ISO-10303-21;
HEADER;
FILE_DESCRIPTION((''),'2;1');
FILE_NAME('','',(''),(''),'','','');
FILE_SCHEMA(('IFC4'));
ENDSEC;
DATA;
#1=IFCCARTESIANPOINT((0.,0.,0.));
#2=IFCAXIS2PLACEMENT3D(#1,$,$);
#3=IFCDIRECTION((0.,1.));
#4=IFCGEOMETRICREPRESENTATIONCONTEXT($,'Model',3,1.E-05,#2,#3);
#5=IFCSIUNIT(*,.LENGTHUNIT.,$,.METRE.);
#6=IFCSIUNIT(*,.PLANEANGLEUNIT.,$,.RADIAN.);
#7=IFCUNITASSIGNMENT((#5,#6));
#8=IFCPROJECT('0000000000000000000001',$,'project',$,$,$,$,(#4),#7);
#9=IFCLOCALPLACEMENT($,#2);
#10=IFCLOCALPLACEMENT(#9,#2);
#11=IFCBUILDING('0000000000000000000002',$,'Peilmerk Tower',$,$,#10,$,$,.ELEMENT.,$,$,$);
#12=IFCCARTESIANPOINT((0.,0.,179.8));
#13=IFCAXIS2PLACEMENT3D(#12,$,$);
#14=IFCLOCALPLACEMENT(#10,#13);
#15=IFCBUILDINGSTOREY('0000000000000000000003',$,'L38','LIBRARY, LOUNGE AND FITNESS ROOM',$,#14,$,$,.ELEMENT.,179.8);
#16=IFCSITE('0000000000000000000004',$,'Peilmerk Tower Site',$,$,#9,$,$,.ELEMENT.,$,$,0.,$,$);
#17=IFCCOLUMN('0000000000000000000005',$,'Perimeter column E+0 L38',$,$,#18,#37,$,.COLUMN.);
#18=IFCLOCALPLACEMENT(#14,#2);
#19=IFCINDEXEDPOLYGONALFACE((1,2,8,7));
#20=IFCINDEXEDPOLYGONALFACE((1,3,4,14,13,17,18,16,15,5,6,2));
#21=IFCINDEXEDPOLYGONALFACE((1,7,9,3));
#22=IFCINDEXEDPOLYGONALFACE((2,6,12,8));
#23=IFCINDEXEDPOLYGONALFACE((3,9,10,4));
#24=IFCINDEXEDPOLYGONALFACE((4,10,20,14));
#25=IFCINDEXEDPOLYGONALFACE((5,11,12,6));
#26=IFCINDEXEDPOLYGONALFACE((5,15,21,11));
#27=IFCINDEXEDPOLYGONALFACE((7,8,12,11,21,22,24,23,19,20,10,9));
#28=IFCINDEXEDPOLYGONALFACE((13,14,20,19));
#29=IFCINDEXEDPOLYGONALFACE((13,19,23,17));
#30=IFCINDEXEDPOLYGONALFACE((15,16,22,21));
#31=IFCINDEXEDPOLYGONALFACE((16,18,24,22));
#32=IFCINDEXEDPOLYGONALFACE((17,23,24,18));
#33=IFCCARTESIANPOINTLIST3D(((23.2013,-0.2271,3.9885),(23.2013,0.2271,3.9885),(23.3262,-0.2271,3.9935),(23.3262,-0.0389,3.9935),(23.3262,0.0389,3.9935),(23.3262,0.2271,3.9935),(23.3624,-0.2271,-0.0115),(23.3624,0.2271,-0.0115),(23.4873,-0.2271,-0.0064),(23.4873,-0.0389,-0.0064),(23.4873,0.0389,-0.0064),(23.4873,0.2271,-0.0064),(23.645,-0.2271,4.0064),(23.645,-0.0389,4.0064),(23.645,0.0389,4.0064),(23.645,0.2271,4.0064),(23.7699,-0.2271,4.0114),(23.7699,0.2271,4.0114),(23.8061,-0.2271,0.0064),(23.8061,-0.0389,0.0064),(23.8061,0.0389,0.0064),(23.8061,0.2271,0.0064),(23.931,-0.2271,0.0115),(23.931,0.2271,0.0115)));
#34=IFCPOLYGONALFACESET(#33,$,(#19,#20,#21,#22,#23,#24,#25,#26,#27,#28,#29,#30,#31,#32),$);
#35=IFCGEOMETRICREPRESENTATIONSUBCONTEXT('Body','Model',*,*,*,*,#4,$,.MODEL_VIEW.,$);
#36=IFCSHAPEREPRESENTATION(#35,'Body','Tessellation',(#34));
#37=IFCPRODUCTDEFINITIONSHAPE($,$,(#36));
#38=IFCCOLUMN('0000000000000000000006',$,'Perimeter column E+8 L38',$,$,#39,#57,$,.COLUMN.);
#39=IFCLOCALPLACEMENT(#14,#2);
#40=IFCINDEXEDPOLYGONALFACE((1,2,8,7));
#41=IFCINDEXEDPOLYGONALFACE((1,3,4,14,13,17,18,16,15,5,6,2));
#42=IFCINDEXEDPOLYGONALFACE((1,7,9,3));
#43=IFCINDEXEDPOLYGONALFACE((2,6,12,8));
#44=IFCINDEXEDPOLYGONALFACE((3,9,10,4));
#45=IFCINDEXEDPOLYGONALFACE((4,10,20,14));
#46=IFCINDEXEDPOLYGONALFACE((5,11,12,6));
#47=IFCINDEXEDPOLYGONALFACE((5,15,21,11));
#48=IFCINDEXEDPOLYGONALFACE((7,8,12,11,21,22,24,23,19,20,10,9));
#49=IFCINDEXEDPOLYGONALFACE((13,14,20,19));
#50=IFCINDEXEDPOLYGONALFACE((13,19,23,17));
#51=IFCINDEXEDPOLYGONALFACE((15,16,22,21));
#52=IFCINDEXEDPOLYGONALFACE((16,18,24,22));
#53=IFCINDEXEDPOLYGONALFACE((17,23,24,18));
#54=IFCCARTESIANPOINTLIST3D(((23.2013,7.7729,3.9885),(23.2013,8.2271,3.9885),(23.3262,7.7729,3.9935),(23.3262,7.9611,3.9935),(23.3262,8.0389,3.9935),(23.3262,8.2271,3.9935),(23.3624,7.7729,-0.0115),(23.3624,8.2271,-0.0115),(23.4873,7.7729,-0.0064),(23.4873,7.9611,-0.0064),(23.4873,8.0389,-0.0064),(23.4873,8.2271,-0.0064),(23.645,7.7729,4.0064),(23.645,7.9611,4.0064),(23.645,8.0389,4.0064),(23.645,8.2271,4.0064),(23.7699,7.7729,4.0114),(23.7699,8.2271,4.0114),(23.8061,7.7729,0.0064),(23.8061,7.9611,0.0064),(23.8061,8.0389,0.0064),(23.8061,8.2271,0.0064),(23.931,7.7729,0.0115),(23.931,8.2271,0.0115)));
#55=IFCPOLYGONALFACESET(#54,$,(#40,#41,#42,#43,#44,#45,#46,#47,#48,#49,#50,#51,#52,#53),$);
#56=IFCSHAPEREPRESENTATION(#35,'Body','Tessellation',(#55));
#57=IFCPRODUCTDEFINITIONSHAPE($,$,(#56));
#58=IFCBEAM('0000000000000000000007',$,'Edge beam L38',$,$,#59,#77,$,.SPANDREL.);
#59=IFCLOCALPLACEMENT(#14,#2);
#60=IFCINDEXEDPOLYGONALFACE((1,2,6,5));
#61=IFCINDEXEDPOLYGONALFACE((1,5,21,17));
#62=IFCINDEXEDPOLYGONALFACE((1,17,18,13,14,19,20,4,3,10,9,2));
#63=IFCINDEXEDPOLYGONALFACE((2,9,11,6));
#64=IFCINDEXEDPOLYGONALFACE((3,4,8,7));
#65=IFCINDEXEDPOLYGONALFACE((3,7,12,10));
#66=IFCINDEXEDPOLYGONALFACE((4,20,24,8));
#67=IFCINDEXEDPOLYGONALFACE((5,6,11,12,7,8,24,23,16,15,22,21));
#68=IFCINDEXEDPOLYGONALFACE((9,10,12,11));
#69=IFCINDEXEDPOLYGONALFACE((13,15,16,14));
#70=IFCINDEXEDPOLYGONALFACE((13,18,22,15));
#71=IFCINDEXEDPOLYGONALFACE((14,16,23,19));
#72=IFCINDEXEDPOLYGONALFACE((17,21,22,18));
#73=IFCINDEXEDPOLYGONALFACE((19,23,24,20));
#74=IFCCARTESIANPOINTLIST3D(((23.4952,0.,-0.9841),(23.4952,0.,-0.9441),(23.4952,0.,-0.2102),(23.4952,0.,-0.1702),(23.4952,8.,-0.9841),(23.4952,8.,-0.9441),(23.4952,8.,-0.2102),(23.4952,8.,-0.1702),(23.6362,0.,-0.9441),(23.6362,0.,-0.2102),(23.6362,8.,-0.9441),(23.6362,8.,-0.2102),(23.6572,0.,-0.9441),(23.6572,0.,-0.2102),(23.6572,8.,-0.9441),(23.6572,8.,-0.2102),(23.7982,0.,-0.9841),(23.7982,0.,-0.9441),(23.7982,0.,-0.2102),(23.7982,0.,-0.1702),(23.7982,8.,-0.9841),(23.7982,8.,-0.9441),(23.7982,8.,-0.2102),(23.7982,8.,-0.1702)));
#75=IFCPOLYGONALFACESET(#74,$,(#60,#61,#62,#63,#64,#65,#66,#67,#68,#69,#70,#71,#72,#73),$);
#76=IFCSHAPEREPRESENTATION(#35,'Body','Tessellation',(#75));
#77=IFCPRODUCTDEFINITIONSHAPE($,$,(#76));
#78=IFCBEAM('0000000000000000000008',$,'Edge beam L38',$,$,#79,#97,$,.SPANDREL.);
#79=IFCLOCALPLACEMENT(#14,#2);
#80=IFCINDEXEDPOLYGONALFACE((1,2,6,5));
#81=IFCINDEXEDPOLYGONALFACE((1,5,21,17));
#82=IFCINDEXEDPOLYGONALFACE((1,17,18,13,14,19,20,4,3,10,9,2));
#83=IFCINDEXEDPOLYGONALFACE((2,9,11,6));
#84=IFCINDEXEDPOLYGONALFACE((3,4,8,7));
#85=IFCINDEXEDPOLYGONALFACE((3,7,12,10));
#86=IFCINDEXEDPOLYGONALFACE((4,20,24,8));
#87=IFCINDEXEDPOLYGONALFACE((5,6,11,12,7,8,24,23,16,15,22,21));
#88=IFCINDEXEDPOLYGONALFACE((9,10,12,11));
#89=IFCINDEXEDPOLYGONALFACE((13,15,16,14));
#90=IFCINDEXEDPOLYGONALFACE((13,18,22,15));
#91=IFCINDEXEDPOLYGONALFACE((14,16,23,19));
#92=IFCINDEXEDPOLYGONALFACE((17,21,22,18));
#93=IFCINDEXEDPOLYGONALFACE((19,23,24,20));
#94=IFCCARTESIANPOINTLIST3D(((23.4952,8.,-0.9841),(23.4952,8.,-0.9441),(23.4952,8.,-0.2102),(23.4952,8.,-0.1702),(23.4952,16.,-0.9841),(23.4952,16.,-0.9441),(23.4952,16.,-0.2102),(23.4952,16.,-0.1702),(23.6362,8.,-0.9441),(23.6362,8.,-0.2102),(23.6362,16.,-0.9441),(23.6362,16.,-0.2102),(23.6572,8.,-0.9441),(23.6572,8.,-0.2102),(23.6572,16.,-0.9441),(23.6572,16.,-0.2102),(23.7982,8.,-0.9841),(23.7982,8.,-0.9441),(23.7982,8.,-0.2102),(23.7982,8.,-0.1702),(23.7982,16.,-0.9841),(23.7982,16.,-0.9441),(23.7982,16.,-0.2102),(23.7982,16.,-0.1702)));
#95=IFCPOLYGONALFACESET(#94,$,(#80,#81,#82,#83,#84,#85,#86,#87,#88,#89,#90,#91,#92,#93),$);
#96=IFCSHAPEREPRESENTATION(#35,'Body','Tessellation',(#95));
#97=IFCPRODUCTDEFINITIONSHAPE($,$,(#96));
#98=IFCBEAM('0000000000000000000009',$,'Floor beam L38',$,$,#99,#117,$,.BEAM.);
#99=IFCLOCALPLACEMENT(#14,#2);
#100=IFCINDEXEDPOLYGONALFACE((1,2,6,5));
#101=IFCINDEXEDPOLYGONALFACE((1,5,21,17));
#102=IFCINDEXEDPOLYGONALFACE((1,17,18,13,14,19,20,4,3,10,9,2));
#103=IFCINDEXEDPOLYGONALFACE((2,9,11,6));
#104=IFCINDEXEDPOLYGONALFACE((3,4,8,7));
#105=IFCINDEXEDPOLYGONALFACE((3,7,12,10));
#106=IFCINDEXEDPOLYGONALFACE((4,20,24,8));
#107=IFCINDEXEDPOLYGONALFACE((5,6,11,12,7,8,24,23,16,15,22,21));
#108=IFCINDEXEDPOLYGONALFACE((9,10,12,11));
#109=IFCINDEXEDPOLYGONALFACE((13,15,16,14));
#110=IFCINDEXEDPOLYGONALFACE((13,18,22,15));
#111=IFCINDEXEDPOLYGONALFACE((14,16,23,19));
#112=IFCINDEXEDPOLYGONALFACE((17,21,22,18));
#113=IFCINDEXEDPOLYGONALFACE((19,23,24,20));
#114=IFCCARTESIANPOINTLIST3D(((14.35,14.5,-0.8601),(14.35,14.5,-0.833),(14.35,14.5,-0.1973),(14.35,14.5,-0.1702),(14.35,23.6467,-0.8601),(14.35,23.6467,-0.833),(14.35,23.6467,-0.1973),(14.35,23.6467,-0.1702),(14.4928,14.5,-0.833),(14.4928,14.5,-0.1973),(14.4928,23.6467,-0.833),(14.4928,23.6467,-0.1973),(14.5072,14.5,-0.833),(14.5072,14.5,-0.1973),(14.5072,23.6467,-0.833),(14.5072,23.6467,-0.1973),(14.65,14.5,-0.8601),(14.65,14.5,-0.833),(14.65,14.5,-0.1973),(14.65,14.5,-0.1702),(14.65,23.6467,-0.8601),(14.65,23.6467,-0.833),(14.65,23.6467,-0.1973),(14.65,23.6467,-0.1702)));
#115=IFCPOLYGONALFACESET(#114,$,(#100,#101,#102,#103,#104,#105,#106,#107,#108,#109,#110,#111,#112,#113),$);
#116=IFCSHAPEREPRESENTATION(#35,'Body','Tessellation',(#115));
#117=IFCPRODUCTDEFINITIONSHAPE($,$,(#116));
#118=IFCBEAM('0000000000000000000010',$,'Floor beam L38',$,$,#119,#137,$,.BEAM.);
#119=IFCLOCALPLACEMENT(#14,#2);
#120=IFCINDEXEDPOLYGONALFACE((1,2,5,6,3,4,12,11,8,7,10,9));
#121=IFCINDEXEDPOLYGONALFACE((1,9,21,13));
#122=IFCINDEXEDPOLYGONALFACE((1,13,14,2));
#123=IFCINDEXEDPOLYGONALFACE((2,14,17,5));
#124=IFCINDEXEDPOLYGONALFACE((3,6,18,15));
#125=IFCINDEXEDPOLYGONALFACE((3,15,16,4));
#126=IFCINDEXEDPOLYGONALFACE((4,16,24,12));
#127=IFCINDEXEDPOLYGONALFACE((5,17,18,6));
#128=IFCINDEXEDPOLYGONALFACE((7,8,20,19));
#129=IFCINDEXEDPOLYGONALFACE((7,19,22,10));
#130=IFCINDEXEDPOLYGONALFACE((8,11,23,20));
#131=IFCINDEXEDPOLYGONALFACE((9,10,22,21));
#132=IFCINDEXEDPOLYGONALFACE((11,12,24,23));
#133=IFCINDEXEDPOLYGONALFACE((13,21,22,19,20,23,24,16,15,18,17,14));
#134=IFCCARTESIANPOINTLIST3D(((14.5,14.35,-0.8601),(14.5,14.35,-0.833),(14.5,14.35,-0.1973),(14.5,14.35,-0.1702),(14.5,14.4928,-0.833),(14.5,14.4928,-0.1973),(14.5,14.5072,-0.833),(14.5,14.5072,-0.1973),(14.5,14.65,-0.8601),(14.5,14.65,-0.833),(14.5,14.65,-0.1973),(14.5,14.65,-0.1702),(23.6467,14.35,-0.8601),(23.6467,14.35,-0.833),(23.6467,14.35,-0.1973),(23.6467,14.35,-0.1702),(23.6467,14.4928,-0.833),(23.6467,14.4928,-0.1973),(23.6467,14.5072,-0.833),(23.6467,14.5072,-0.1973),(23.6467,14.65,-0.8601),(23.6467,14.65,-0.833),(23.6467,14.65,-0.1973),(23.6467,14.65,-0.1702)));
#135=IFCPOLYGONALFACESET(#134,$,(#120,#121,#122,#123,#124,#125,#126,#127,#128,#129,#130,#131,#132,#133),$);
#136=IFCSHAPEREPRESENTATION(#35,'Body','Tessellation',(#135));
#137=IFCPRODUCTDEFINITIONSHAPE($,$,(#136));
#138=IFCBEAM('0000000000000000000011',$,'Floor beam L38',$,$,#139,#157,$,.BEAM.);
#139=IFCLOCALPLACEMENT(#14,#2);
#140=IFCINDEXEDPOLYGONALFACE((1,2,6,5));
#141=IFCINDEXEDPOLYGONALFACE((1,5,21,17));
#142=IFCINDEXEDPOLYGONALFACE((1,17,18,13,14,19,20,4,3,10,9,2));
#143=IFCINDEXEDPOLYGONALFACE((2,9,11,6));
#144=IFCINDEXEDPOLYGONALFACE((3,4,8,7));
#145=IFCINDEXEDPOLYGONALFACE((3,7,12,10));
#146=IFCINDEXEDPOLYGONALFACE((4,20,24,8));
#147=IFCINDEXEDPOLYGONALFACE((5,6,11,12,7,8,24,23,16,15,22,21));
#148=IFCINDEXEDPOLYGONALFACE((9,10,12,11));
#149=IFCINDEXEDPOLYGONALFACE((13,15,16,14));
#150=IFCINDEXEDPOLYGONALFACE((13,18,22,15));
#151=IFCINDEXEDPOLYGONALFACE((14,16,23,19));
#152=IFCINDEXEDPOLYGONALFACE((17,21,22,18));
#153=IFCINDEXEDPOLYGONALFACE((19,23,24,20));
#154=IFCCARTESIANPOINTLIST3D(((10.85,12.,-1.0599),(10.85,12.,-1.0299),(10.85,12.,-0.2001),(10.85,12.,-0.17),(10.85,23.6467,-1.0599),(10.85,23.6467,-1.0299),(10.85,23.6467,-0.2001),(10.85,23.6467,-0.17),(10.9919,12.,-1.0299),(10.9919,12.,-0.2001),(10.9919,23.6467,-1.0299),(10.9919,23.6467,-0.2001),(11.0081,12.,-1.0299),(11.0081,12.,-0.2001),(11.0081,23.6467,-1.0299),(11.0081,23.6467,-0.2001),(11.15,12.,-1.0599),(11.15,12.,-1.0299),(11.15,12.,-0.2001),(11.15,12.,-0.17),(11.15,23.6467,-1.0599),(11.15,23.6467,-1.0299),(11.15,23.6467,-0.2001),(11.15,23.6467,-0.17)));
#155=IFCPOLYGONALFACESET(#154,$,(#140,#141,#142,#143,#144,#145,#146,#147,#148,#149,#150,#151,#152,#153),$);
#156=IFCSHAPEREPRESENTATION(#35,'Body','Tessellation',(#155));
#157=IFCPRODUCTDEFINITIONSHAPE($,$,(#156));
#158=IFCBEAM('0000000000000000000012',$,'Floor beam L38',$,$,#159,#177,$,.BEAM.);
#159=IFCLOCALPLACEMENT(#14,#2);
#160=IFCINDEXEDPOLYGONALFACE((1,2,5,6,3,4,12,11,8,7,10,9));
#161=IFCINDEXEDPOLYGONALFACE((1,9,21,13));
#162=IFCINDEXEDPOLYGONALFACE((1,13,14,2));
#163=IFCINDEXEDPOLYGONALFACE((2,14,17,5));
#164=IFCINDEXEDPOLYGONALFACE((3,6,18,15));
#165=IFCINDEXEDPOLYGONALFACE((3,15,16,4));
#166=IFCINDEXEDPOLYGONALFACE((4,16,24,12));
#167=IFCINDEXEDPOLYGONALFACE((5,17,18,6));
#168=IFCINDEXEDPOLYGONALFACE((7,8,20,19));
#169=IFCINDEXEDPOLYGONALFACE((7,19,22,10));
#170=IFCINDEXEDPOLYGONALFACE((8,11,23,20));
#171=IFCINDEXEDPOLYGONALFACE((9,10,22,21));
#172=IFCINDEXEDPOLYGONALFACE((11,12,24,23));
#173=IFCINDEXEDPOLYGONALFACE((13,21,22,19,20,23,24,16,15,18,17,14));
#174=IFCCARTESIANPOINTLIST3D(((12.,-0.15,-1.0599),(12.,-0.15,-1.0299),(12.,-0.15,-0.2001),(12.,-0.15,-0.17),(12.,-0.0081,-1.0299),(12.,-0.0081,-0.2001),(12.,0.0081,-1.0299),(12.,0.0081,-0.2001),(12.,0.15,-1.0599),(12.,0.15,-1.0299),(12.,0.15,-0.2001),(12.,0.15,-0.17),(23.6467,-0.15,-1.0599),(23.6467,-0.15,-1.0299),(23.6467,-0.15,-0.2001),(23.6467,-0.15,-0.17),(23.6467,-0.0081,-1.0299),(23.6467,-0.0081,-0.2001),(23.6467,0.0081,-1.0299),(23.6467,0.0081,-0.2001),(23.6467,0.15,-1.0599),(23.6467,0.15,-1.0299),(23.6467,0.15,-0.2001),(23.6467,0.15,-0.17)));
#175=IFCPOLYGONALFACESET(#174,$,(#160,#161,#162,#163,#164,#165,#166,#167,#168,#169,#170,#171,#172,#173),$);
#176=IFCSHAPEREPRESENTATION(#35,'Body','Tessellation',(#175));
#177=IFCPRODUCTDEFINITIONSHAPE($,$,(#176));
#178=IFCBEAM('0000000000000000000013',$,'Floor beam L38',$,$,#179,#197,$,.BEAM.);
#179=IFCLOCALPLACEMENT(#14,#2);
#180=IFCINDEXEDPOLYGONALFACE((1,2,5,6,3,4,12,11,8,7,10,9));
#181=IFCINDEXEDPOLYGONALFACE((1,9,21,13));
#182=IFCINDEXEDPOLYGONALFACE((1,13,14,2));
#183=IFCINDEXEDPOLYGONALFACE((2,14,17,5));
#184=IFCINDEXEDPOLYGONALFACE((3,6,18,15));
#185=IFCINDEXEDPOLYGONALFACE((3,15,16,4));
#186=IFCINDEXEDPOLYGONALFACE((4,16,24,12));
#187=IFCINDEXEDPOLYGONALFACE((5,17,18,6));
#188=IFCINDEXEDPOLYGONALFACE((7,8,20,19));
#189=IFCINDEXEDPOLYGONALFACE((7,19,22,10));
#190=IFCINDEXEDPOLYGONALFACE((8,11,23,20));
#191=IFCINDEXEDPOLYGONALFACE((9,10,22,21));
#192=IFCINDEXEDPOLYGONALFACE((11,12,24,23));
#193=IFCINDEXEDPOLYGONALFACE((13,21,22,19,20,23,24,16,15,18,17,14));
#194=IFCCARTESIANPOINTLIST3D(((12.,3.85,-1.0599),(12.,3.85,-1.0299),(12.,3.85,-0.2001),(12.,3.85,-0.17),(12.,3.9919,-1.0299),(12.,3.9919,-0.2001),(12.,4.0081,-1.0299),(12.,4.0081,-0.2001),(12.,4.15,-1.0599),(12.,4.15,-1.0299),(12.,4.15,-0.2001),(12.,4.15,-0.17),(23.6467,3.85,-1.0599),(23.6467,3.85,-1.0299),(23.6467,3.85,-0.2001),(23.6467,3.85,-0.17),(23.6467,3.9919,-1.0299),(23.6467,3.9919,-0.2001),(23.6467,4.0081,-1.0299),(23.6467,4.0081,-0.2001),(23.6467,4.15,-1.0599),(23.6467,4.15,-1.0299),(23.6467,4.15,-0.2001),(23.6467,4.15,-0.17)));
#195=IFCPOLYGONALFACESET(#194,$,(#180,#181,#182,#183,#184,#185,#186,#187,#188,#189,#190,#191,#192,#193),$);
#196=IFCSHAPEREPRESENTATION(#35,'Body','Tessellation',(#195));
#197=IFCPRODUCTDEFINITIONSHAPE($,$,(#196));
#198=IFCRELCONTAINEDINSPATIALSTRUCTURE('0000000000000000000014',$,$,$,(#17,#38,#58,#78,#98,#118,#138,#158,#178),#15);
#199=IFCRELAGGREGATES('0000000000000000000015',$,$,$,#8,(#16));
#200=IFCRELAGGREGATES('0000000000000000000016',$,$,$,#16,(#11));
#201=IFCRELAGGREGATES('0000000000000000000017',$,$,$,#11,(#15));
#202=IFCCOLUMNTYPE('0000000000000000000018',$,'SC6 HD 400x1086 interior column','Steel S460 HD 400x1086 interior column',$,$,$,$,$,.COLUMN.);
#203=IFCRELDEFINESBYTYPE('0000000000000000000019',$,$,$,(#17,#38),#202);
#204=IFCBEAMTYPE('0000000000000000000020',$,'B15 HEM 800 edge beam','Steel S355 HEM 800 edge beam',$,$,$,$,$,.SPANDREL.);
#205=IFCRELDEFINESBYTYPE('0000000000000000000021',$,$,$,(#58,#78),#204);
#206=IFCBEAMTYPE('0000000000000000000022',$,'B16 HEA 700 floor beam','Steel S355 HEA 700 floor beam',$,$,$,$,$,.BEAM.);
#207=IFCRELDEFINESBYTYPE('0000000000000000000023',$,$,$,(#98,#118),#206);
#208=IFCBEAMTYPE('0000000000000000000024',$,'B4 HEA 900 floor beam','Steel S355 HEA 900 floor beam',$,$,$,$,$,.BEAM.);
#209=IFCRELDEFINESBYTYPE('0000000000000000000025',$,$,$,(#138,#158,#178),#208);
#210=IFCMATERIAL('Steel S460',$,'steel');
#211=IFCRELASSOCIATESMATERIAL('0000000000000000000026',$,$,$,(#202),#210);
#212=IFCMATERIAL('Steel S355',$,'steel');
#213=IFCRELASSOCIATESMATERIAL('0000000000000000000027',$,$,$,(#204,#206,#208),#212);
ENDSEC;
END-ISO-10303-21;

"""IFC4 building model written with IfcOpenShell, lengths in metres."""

from ifc_helpers import new_model, si_unit, direction, frame, origin, origin_2d, place, context, subcontext, project, spatial, i_section, extrude, material, material_profile, profile_set, type_object, element, save


model = new_model("IFC4")

# Units and contexts
model_context = context("Model", 3, precision=1e-05, world=origin(), true_north=direction((0.0, 1.0)))
body_context = subcontext(model_context, "Body", "Model", "MODEL_VIEW")
ifc_project = project(units=[si_unit("LENGTHUNIT", "METRE"), si_unit("PLANEANGLEUNIT", "RADIAN")], contexts=[model_context])

# Site, building, storey
site_placement = place(None, origin())
site = spatial("IfcSite", under=ifc_project, at=site_placement, Name="Peilmerk Tower Site", CompositionType="ELEMENT", RefElevation=0.0)
building_placement = place(site_placement, origin())
building = spatial("IfcBuilding", under=site, at=building_placement, Name="Peilmerk Tower", CompositionType="ELEMENT")
storey_placement = place(building_placement, frame((0.0, 0.0, 179.8)))
storey = spatial("IfcBuildingStorey", under=building, at=storey_placement, Name="L38", Description="LIBRARY, LOUNGE AND FITNESS ROOM", CompositionType="ELEMENT", Elevation=179.8)

# Columns
ifc_material_1 = material(Name="Steel S460", Category="steel")
ifc_material_profile_1 = material_profile(ifc_material_1, i_section(OverallWidth=0.4541, OverallDepth=0.5691, WebThickness=0.0779, FlangeThickness=0.125, at=origin_2d()), Name="HD 400x1086")
ifc_profile_set_1 = profile_set([ifc_material_profile_1], Name="Steel S460")
column_type = type_object("IfcColumnType", Name="SC6 HD 400x1086 interior column", Description="Steel S460 HD 400x1086 interior column", PredefinedType="COLUMN", material=ifc_profile_set_1)
for number, where, z_axis, x_axis, name in (
    (1, (23.6467, 0.0, 0.0), (-0.040251, 0.0, 0.99919), (0.0, -1.0, 0.0), "Perimeter column E+0 L38"),
    (2, (23.6467, 8.0, 0.0), (-0.040251, 0.0, 0.99919), (0.0, -1.0, 0.0), "Perimeter column E+8 L38"),
):
    element("IfcColumn", number, at=place(storey_placement, frame(where, z_axis=z_axis, x_axis=x_axis)), inside=storey, type_object=column_type, Name=name, PredefinedType="COLUMN", context=body_context, shape_type="SweptSolid", body=[
        extrude(i_section(OverallWidth=0.4541, OverallDepth=0.5691, WebThickness=0.0779, FlangeThickness=0.125, at=origin_2d()), origin(), (0.0, 0.0, 1.0), 4.0032),
    ])

# Beams
ifc_material_2 = material(Name="Steel S355", Category="steel")
ifc_material_profile_2 = material_profile(ifc_material_2, i_section(OverallWidth=0.303, OverallDepth=0.814, WebThickness=0.021, FlangeThickness=0.04, at=origin_2d()), Name="HEM 800")
ifc_profile_set_2 = profile_set([ifc_material_profile_2], Name="Steel S355")
beam_type_1 = type_object("IfcBeamType", Name="B15 HEM 800 edge beam", Description="Steel S355 HEM 800 edge beam", PredefinedType="SPANDREL", material=ifc_profile_set_2)
for number, where, z_axis, x_axis, name in (
    (3, (23.6467, 0.0, -0.5771), (0.0, 1.0, 0.0), (-1.0, 0.0, 0.0), "Edge beam L38"),
    (4, (23.6467, 8.0, -0.5771), (0.0, 1.0, 0.0), (-1.0, 0.0, 0.0), "Edge beam L38"),
):
    element("IfcBeam", number, at=place(storey_placement, frame(where, z_axis=z_axis, x_axis=x_axis)), inside=storey, type_object=beam_type_1, Name=name, PredefinedType="SPANDREL", context=body_context, shape_type="SweptSolid", body=[
        extrude(i_section(OverallWidth=0.303, OverallDepth=0.814, WebThickness=0.021, FlangeThickness=0.04, at=origin_2d()), origin(), (0.0, 0.0, 1.0), 8.0),
    ])
ifc_material_profile_3 = material_profile(ifc_material_2, i_section(OverallWidth=0.3, OverallDepth=0.6899, WebThickness=0.0144, FlangeThickness=0.0271, at=origin_2d()), Name="HEA 700")
ifc_profile_set_3 = profile_set([ifc_material_profile_3], Name="Steel S355")
beam_type_2 = type_object("IfcBeamType", Name="B16 HEA 700 floor beam", Description="Steel S355 HEA 700 floor beam", PredefinedType="BEAM", material=ifc_profile_set_3)
for number, where, z_axis, x_axis, name in (
    (5, (14.5, 14.5, -0.5151), (0.0, 1.0, 0.0), (-1.0, 0.0, 0.0), "Floor beam L38"),
    (6, (14.5, 14.5, -0.5151), (1.0, 0.0, 0.0), (0.0, 1.0, 0.0), "Floor beam L38"),
):
    element("IfcBeam", number, at=place(storey_placement, frame(where, z_axis=z_axis, x_axis=x_axis)), inside=storey, type_object=beam_type_2, Name=name, PredefinedType="BEAM", context=body_context, shape_type="SweptSolid", body=[
        extrude(i_section(OverallWidth=0.3, OverallDepth=0.6899, WebThickness=0.0144, FlangeThickness=0.0271, at=origin_2d()), origin(), (0.0, 0.0, 1.0), 9.1467),
    ])
ifc_material_profile_4 = material_profile(ifc_material_2, i_section(OverallWidth=0.3, OverallDepth=0.8899, WebThickness=0.0161, FlangeThickness=0.03, at=origin_2d()), Name="HEA 900")
ifc_profile_set_4 = profile_set([ifc_material_profile_4], Name="Steel S355")
beam_type_3 = type_object("IfcBeamType", Name="B4 HEA 900 floor beam", Description="Steel S355 HEA 900 floor beam", PredefinedType="BEAM", material=ifc_profile_set_4)
for number, where, z_axis, x_axis, name in (
    (7, (11.0, 12.0, -0.615), (0.0, 1.0, 0.0), (-1.0, 0.0, 0.0), "Floor beam L38"),
    (8, (12.0, 0.0, -0.615), (1.0, 0.0, 0.0), (0.0, 1.0, 0.0), "Floor beam L38"),
    (9, (12.0, 4.0, -0.615), (1.0, 0.0, 0.0), (0.0, 1.0, 0.0), "Floor beam L38"),
):
    element("IfcBeam", number, at=place(storey_placement, frame(where, z_axis=z_axis, x_axis=x_axis)), inside=storey, type_object=beam_type_3, Name=name, PredefinedType="BEAM", context=body_context, shape_type="SweptSolid", body=[
        extrude(i_section(OverallWidth=0.3, OverallDepth=0.8899, WebThickness=0.0161, FlangeThickness=0.03, at=origin_2d()), origin(), (0.0, 0.0, 1.0), 11.6467),
    ])

save(model, "model.ifc")
